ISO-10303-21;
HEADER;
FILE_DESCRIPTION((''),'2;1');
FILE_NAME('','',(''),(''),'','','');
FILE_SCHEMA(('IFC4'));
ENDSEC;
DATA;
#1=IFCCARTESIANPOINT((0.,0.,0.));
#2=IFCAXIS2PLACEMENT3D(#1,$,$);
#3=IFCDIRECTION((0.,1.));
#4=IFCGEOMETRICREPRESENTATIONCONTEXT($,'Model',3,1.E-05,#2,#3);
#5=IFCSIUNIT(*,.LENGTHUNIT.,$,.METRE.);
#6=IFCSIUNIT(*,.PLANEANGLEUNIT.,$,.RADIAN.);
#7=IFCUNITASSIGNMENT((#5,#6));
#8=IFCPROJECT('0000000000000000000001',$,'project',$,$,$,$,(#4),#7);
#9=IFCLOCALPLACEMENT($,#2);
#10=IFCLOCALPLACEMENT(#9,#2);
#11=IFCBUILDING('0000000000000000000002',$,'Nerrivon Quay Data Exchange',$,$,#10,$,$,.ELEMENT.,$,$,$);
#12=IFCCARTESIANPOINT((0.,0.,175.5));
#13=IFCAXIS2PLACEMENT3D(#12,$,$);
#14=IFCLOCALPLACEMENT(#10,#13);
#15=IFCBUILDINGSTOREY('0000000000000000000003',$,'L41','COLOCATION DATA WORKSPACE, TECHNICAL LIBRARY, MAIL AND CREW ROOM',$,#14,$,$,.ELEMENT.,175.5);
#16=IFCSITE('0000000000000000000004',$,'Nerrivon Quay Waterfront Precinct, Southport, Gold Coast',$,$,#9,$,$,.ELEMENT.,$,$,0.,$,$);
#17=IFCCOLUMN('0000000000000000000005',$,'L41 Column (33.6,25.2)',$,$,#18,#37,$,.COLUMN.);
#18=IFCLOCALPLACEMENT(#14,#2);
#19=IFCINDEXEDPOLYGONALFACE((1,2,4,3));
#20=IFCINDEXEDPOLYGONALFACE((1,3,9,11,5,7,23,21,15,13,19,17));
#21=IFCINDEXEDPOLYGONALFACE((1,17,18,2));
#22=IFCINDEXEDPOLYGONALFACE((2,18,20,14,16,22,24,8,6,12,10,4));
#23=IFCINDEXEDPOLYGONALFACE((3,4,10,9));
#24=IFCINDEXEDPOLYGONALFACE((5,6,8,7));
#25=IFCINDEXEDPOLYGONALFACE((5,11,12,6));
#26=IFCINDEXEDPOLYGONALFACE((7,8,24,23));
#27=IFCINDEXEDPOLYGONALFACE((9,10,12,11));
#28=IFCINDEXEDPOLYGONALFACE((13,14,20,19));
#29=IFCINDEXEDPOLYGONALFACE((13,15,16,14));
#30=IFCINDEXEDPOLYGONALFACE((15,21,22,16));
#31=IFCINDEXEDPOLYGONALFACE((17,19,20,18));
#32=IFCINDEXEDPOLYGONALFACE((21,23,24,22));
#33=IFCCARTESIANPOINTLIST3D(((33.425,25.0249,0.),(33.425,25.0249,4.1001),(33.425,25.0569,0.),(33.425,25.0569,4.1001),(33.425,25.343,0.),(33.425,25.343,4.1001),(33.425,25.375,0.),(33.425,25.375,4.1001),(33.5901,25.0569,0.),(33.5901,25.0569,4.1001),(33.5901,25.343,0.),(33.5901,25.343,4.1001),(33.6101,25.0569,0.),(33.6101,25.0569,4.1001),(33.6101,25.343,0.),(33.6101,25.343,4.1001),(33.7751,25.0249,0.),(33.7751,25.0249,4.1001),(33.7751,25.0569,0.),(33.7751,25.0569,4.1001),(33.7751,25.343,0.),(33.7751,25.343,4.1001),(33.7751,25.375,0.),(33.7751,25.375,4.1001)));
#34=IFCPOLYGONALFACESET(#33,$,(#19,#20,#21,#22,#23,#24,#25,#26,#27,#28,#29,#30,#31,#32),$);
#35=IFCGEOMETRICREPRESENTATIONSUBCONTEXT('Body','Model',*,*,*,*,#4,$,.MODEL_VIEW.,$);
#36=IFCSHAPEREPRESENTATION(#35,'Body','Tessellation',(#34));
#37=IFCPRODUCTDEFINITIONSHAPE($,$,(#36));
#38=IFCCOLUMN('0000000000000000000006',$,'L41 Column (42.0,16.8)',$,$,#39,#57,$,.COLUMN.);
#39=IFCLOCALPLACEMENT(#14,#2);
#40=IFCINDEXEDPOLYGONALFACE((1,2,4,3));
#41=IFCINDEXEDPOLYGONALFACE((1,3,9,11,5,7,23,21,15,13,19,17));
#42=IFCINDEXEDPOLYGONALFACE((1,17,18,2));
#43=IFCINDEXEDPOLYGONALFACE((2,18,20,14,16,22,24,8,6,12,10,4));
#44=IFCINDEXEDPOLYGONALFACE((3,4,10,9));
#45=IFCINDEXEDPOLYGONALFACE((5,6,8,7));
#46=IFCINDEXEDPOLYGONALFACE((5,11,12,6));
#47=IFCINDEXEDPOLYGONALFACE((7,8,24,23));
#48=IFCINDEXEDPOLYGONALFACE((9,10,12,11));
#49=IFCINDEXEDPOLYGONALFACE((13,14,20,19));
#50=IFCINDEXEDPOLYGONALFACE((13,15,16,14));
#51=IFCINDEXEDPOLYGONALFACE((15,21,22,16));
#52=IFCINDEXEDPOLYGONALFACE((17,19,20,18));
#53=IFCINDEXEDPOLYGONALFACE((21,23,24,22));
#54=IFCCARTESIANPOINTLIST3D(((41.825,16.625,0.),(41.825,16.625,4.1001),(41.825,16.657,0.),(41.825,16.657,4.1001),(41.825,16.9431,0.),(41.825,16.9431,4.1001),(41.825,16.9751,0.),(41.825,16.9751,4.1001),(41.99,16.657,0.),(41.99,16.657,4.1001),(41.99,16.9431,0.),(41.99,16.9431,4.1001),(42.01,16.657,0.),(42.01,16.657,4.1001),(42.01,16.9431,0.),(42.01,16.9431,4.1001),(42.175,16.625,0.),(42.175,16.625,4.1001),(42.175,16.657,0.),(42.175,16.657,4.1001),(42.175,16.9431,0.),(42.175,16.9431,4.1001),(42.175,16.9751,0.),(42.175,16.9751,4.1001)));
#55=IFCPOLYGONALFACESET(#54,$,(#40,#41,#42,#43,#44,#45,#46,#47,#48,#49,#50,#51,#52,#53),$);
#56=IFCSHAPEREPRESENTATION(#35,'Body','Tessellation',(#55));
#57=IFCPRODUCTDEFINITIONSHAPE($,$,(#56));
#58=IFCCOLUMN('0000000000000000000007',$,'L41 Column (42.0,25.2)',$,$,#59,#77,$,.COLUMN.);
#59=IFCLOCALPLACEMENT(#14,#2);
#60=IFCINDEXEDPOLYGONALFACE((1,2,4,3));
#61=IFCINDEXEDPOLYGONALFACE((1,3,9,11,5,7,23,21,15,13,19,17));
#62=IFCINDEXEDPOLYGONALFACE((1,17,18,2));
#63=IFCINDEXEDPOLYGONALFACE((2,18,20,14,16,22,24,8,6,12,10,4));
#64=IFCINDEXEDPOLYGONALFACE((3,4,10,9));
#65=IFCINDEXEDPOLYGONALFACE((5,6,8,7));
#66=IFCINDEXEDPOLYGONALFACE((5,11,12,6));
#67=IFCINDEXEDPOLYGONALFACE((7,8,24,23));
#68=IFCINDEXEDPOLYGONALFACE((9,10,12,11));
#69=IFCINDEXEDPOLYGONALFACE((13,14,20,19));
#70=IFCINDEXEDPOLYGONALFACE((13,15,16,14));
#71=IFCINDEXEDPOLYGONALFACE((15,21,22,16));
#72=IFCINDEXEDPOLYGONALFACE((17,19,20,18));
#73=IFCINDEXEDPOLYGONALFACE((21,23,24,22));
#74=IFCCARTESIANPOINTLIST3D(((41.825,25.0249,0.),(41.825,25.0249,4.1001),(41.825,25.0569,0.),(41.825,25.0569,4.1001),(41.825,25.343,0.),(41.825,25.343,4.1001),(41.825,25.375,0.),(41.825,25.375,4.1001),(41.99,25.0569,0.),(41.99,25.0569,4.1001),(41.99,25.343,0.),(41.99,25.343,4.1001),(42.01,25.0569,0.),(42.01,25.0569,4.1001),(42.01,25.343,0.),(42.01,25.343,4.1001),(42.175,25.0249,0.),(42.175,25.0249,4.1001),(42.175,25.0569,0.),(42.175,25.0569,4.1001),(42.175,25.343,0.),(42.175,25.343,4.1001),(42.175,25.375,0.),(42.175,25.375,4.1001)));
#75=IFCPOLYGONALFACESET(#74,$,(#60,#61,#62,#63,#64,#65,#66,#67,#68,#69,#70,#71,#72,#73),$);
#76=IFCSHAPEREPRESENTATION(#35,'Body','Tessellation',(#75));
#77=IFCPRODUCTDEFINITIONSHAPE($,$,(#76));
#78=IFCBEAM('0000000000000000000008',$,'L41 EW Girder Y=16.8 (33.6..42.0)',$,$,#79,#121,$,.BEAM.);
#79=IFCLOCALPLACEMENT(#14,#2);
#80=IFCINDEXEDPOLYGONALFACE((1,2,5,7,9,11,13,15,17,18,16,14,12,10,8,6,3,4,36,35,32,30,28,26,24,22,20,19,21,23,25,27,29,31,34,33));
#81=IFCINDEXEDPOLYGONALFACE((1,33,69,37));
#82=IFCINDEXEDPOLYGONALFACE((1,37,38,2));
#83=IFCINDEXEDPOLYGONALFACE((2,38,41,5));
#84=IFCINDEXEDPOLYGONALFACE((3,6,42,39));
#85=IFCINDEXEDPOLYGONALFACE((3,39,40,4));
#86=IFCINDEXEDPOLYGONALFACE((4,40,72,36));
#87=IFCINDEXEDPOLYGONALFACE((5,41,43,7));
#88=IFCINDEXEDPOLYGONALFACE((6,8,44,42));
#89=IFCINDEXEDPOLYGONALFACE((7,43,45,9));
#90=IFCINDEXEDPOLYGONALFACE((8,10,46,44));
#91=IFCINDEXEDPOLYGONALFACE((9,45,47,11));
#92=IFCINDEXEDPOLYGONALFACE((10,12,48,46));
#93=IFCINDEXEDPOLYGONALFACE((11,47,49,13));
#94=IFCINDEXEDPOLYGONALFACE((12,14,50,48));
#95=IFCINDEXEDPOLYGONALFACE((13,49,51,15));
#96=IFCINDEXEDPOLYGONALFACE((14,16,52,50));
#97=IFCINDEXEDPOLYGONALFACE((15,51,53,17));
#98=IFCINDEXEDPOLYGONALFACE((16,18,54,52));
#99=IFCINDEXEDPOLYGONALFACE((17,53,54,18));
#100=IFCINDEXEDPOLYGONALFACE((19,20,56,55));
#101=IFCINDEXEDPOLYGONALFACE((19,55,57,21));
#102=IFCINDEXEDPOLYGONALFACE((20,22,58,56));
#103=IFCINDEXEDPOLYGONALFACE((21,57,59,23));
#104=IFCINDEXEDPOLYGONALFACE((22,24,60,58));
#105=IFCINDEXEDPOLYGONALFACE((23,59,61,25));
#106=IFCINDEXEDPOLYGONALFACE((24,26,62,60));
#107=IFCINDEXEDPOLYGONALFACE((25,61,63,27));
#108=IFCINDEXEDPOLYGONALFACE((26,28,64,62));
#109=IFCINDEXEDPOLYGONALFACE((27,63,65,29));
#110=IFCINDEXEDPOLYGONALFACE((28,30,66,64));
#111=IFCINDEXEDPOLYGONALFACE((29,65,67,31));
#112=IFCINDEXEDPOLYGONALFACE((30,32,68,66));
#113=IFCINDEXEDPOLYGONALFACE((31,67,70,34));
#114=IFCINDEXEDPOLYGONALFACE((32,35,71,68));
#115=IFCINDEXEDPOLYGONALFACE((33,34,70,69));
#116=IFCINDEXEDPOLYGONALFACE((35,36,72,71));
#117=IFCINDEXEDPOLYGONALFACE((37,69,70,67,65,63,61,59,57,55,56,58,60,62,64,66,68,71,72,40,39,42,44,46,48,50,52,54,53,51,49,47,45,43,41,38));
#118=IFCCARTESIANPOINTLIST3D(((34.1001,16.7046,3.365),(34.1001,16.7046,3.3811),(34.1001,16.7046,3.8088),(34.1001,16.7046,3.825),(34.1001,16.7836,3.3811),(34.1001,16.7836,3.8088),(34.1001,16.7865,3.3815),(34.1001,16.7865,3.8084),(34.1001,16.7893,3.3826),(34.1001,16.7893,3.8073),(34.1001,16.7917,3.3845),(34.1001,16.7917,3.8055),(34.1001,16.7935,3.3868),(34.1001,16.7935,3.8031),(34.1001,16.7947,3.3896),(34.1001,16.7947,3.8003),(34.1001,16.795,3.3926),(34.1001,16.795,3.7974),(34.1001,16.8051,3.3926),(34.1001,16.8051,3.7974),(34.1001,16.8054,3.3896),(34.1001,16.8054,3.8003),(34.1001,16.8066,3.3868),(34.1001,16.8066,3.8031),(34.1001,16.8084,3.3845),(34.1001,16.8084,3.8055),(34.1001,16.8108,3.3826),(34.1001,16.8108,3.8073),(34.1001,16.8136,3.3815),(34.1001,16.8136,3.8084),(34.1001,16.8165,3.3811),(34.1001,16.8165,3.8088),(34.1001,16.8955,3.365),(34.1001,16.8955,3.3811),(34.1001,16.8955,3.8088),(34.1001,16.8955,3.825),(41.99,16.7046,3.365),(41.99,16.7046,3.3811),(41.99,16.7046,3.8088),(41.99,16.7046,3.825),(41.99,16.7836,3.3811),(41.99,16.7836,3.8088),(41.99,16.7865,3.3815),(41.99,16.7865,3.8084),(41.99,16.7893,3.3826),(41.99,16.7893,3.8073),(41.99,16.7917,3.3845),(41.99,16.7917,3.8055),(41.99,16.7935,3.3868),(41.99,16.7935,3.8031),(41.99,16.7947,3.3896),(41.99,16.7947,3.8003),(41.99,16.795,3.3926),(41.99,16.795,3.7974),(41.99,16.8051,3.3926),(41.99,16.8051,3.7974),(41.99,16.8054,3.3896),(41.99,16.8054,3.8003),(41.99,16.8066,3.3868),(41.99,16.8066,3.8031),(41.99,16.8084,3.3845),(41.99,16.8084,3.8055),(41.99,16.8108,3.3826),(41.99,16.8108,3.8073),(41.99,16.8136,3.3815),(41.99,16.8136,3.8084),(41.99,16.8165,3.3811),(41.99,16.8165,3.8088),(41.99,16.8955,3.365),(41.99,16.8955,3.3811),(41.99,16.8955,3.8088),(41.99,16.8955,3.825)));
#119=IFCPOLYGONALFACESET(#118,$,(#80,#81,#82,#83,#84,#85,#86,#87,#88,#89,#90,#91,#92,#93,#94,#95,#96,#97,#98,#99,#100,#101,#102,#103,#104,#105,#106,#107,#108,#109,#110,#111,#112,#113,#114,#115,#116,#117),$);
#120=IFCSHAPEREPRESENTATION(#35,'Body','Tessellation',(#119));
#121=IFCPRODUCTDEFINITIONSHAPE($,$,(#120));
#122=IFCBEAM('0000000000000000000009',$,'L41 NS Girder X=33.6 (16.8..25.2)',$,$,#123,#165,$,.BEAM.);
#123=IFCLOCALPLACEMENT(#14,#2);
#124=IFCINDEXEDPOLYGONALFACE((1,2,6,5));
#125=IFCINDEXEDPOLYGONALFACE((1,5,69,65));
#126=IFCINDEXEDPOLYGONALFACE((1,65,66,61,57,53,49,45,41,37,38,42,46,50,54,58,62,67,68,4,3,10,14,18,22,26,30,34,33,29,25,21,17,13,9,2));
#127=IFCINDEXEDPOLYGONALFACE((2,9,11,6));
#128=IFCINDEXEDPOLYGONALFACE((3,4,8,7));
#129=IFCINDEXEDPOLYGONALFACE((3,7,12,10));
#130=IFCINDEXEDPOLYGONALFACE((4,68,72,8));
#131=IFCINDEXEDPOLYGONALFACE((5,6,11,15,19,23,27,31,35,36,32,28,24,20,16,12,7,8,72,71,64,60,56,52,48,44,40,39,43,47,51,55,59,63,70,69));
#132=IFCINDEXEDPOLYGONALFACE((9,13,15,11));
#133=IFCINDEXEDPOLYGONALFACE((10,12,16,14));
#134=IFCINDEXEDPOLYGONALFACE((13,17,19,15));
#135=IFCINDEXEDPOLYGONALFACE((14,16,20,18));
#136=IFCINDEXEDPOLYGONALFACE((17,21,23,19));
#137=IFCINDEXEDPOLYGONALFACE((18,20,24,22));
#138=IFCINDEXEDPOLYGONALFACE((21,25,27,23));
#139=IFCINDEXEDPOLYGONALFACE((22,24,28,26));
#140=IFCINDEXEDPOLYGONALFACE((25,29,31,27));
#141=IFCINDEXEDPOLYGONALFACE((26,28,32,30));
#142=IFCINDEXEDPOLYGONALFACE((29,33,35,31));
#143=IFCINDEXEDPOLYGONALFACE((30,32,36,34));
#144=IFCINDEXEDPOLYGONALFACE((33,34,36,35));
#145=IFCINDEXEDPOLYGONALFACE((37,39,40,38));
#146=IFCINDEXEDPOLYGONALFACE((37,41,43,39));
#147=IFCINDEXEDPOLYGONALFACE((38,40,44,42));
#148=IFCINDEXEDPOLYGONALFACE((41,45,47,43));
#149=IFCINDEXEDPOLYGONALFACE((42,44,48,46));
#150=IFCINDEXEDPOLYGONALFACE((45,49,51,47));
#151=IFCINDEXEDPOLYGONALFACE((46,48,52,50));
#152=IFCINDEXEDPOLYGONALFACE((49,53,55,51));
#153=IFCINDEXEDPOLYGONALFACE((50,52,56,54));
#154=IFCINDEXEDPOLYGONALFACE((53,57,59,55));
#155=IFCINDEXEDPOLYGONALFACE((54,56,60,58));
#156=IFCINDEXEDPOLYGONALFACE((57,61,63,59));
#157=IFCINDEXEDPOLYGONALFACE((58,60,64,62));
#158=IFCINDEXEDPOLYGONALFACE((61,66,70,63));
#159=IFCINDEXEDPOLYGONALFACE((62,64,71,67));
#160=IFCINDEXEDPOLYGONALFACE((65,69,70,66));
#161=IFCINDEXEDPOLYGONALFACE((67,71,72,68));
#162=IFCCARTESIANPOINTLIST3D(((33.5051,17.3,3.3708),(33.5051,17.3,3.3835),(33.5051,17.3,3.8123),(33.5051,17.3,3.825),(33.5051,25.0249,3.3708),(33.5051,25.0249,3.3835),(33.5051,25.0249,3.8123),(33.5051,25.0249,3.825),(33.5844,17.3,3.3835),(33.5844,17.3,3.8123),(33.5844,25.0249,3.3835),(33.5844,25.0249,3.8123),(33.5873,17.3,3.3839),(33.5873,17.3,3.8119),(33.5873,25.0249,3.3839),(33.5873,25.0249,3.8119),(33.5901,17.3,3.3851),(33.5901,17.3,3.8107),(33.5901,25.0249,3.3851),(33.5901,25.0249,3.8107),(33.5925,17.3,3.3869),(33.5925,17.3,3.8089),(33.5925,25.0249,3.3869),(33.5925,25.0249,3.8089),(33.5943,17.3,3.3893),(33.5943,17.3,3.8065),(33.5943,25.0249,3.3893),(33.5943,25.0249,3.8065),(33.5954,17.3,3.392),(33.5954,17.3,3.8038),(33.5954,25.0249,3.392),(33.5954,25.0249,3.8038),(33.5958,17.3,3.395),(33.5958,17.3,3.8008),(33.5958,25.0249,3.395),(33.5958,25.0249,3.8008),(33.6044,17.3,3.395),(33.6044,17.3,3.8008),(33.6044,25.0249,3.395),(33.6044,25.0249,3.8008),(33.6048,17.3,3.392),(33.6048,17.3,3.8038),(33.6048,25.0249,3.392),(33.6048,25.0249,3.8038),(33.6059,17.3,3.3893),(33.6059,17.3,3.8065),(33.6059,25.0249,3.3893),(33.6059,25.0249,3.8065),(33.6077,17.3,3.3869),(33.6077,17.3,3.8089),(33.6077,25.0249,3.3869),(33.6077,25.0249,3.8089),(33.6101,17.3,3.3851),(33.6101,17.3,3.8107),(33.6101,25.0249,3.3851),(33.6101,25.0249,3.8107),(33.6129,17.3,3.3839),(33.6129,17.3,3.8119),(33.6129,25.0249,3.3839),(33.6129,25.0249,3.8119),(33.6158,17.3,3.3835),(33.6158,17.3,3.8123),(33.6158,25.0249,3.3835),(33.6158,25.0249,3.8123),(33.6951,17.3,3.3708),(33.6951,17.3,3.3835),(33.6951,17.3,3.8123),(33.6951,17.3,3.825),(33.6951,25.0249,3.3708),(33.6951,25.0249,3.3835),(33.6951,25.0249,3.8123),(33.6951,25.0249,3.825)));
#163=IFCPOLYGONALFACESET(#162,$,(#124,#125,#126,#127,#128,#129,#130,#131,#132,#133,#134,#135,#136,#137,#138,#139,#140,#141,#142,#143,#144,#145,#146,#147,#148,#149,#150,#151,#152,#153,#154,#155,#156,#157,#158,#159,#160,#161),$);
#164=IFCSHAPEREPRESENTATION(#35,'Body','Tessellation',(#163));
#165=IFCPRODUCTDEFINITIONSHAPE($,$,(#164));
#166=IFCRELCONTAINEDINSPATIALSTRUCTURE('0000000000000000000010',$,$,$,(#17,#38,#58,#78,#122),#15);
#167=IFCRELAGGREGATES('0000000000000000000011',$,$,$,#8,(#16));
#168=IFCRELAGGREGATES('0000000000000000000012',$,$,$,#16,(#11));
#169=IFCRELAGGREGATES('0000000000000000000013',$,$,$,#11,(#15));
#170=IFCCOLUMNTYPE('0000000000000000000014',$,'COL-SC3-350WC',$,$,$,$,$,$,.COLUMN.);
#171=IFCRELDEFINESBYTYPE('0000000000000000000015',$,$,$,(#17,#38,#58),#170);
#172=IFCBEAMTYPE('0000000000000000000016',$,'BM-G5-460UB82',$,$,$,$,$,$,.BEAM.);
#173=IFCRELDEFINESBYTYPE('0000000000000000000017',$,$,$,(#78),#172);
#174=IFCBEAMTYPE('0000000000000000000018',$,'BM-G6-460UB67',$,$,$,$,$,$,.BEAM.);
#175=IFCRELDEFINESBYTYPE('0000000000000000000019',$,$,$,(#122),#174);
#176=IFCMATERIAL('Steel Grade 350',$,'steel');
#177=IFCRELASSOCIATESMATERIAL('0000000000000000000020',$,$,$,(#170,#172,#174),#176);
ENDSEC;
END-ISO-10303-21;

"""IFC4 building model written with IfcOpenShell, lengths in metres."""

from ifc_helpers import new_model, si_unit, direction, frame, origin, origin_2d, place, context, subcontext, project, spatial, i_section, extrude, material, material_profile, profile_set, type_object, element, save


model = new_model("IFC4")

# Units and contexts
model_context = context("Model", 3, precision=1e-05, world=origin(), true_north=direction((0.0, 1.0)))
body_context = subcontext(model_context, "Body", "Model", "MODEL_VIEW")
ifc_project = project(units=[si_unit("LENGTHUNIT", "METRE"), si_unit("PLANEANGLEUNIT", "RADIAN")], contexts=[model_context])

# Site, building, storey
site_placement = place(None, origin())
site = spatial("IfcSite", under=ifc_project, at=site_placement, Name="Nerrivon Quay Waterfront Precinct, Southport, Gold Coast", CompositionType="ELEMENT", RefElevation=0.0)
building_placement = place(site_placement, origin())
building = spatial("IfcBuilding", under=site, at=building_placement, Name="Nerrivon Quay Data Exchange", CompositionType="ELEMENT")
storey_placement = place(building_placement, frame((0.0, 0.0, 175.5)))
storey = spatial("IfcBuildingStorey", under=building, at=storey_placement, Name="L41", Description="COLOCATION DATA WORKSPACE, TECHNICAL LIBRARY, MAIL AND CREW ROOM", CompositionType="ELEMENT", Elevation=175.5)

# Columns
ifc_material_1 = material(Name="Steel Grade 350", Category="steel")
ifc_material_profile_1 = material_profile(ifc_material_1, i_section(OverallWidth=0.3501, OverallDepth=0.3501, WebThickness=0.02, FlangeThickness=0.032, at=origin_2d()), Name="350WC230")
ifc_profile_set_1 = profile_set([ifc_material_profile_1], Name="Steel Grade 350")
column_type = type_object("IfcColumnType", Name="COL-SC3-350WC", PredefinedType="COLUMN", material=ifc_profile_set_1)
for number, where, z_axis, x_axis, name in (
    (1, (33.6001, 25.2, 0.0), (0.0, 0.0, 1.0), (1.0, 0.0, 0.0), "L41 Column (33.6,25.2)"),
    (2, (42.0, 16.8, 0.0), (0.0, 0.0, 1.0), (1.0, 0.0, 0.0), "L41 Column (42.0,16.8)"),
    (3, (42.0, 25.2, 0.0), (0.0, 0.0, 1.0), (1.0, 0.0, 0.0), "L41 Column (42.0,25.2)"),
):
    element("IfcColumn", number, at=place(storey_placement, frame(where, z_axis=z_axis, x_axis=x_axis)), inside=storey, type_object=column_type, Name=name, PredefinedType="COLUMN", context=body_context, shape_type="SweptSolid", body=[
        extrude(i_section(OverallWidth=0.3501, OverallDepth=0.3501, WebThickness=0.02, FlangeThickness=0.032, at=origin_2d()), origin(), (0.0, 0.0, 1.0), 4.1001),
    ])

# Beams
ifc_material_profile_2 = material_profile(ifc_material_1, i_section(OverallWidth=0.1909, OverallDepth=0.46, WebThickness=0.01, FlangeThickness=0.0161, FilletRadius=0.0115, at=origin_2d()), Name="460UB82.1")
ifc_profile_set_2 = profile_set([ifc_material_profile_2], Name="Steel Grade 350")
beam_type_1 = type_object("IfcBeamType", Name="BM-G5-460UB82", PredefinedType="BEAM", material=ifc_profile_set_2)
beam_1_placement = place(storey_placement, frame((34.1001, 16.8, 3.595), z_axis=(1.0, 0.0, 0.0), x_axis=(0.0, 1.0, 0.0)))
element("IfcBeam", 4, at=beam_1_placement, inside=storey, type_object=beam_type_1, Name="L41 EW Girder Y=16.8 (33.6..42.0)", PredefinedType="BEAM", context=body_context, shape_type="SweptSolid", body=[
    extrude(i_section(OverallWidth=0.1909, OverallDepth=0.46, WebThickness=0.01, FlangeThickness=0.0161, FilletRadius=0.0115, at=origin_2d()), origin(), (0.0, 0.0, 1.0), 7.8899),
])
ifc_material_profile_3 = material_profile(ifc_material_1, i_section(OverallWidth=0.1899, OverallDepth=0.4541, WebThickness=0.0085, FlangeThickness=0.0127, FilletRadius=0.0115, at=origin_2d()), Name="460UB67.1")
ifc_profile_set_3 = profile_set([ifc_material_profile_3], Name="Steel Grade 350")
beam_type_2 = type_object("IfcBeamType", Name="BM-G6-460UB67", PredefinedType="BEAM", material=ifc_profile_set_3)
beam_2_placement = place(storey_placement, frame((33.6001, 17.3, 3.5979), z_axis=(0.0, 1.0, 0.0), x_axis=(-1.0, 0.0, 0.0)))
element("IfcBeam", 5, at=beam_2_placement, inside=storey, type_object=beam_type_2, Name="L41 NS Girder X=33.6 (16.8..25.2)", PredefinedType="BEAM", context=body_context, shape_type="SweptSolid", body=[
    extrude(i_section(OverallWidth=0.1899, OverallDepth=0.4541, WebThickness=0.0085, FlangeThickness=0.0127, FilletRadius=0.0115, at=origin_2d()), origin(), (0.0, 0.0, 1.0), 7.7249),
])

save(model, "model.ifc")
